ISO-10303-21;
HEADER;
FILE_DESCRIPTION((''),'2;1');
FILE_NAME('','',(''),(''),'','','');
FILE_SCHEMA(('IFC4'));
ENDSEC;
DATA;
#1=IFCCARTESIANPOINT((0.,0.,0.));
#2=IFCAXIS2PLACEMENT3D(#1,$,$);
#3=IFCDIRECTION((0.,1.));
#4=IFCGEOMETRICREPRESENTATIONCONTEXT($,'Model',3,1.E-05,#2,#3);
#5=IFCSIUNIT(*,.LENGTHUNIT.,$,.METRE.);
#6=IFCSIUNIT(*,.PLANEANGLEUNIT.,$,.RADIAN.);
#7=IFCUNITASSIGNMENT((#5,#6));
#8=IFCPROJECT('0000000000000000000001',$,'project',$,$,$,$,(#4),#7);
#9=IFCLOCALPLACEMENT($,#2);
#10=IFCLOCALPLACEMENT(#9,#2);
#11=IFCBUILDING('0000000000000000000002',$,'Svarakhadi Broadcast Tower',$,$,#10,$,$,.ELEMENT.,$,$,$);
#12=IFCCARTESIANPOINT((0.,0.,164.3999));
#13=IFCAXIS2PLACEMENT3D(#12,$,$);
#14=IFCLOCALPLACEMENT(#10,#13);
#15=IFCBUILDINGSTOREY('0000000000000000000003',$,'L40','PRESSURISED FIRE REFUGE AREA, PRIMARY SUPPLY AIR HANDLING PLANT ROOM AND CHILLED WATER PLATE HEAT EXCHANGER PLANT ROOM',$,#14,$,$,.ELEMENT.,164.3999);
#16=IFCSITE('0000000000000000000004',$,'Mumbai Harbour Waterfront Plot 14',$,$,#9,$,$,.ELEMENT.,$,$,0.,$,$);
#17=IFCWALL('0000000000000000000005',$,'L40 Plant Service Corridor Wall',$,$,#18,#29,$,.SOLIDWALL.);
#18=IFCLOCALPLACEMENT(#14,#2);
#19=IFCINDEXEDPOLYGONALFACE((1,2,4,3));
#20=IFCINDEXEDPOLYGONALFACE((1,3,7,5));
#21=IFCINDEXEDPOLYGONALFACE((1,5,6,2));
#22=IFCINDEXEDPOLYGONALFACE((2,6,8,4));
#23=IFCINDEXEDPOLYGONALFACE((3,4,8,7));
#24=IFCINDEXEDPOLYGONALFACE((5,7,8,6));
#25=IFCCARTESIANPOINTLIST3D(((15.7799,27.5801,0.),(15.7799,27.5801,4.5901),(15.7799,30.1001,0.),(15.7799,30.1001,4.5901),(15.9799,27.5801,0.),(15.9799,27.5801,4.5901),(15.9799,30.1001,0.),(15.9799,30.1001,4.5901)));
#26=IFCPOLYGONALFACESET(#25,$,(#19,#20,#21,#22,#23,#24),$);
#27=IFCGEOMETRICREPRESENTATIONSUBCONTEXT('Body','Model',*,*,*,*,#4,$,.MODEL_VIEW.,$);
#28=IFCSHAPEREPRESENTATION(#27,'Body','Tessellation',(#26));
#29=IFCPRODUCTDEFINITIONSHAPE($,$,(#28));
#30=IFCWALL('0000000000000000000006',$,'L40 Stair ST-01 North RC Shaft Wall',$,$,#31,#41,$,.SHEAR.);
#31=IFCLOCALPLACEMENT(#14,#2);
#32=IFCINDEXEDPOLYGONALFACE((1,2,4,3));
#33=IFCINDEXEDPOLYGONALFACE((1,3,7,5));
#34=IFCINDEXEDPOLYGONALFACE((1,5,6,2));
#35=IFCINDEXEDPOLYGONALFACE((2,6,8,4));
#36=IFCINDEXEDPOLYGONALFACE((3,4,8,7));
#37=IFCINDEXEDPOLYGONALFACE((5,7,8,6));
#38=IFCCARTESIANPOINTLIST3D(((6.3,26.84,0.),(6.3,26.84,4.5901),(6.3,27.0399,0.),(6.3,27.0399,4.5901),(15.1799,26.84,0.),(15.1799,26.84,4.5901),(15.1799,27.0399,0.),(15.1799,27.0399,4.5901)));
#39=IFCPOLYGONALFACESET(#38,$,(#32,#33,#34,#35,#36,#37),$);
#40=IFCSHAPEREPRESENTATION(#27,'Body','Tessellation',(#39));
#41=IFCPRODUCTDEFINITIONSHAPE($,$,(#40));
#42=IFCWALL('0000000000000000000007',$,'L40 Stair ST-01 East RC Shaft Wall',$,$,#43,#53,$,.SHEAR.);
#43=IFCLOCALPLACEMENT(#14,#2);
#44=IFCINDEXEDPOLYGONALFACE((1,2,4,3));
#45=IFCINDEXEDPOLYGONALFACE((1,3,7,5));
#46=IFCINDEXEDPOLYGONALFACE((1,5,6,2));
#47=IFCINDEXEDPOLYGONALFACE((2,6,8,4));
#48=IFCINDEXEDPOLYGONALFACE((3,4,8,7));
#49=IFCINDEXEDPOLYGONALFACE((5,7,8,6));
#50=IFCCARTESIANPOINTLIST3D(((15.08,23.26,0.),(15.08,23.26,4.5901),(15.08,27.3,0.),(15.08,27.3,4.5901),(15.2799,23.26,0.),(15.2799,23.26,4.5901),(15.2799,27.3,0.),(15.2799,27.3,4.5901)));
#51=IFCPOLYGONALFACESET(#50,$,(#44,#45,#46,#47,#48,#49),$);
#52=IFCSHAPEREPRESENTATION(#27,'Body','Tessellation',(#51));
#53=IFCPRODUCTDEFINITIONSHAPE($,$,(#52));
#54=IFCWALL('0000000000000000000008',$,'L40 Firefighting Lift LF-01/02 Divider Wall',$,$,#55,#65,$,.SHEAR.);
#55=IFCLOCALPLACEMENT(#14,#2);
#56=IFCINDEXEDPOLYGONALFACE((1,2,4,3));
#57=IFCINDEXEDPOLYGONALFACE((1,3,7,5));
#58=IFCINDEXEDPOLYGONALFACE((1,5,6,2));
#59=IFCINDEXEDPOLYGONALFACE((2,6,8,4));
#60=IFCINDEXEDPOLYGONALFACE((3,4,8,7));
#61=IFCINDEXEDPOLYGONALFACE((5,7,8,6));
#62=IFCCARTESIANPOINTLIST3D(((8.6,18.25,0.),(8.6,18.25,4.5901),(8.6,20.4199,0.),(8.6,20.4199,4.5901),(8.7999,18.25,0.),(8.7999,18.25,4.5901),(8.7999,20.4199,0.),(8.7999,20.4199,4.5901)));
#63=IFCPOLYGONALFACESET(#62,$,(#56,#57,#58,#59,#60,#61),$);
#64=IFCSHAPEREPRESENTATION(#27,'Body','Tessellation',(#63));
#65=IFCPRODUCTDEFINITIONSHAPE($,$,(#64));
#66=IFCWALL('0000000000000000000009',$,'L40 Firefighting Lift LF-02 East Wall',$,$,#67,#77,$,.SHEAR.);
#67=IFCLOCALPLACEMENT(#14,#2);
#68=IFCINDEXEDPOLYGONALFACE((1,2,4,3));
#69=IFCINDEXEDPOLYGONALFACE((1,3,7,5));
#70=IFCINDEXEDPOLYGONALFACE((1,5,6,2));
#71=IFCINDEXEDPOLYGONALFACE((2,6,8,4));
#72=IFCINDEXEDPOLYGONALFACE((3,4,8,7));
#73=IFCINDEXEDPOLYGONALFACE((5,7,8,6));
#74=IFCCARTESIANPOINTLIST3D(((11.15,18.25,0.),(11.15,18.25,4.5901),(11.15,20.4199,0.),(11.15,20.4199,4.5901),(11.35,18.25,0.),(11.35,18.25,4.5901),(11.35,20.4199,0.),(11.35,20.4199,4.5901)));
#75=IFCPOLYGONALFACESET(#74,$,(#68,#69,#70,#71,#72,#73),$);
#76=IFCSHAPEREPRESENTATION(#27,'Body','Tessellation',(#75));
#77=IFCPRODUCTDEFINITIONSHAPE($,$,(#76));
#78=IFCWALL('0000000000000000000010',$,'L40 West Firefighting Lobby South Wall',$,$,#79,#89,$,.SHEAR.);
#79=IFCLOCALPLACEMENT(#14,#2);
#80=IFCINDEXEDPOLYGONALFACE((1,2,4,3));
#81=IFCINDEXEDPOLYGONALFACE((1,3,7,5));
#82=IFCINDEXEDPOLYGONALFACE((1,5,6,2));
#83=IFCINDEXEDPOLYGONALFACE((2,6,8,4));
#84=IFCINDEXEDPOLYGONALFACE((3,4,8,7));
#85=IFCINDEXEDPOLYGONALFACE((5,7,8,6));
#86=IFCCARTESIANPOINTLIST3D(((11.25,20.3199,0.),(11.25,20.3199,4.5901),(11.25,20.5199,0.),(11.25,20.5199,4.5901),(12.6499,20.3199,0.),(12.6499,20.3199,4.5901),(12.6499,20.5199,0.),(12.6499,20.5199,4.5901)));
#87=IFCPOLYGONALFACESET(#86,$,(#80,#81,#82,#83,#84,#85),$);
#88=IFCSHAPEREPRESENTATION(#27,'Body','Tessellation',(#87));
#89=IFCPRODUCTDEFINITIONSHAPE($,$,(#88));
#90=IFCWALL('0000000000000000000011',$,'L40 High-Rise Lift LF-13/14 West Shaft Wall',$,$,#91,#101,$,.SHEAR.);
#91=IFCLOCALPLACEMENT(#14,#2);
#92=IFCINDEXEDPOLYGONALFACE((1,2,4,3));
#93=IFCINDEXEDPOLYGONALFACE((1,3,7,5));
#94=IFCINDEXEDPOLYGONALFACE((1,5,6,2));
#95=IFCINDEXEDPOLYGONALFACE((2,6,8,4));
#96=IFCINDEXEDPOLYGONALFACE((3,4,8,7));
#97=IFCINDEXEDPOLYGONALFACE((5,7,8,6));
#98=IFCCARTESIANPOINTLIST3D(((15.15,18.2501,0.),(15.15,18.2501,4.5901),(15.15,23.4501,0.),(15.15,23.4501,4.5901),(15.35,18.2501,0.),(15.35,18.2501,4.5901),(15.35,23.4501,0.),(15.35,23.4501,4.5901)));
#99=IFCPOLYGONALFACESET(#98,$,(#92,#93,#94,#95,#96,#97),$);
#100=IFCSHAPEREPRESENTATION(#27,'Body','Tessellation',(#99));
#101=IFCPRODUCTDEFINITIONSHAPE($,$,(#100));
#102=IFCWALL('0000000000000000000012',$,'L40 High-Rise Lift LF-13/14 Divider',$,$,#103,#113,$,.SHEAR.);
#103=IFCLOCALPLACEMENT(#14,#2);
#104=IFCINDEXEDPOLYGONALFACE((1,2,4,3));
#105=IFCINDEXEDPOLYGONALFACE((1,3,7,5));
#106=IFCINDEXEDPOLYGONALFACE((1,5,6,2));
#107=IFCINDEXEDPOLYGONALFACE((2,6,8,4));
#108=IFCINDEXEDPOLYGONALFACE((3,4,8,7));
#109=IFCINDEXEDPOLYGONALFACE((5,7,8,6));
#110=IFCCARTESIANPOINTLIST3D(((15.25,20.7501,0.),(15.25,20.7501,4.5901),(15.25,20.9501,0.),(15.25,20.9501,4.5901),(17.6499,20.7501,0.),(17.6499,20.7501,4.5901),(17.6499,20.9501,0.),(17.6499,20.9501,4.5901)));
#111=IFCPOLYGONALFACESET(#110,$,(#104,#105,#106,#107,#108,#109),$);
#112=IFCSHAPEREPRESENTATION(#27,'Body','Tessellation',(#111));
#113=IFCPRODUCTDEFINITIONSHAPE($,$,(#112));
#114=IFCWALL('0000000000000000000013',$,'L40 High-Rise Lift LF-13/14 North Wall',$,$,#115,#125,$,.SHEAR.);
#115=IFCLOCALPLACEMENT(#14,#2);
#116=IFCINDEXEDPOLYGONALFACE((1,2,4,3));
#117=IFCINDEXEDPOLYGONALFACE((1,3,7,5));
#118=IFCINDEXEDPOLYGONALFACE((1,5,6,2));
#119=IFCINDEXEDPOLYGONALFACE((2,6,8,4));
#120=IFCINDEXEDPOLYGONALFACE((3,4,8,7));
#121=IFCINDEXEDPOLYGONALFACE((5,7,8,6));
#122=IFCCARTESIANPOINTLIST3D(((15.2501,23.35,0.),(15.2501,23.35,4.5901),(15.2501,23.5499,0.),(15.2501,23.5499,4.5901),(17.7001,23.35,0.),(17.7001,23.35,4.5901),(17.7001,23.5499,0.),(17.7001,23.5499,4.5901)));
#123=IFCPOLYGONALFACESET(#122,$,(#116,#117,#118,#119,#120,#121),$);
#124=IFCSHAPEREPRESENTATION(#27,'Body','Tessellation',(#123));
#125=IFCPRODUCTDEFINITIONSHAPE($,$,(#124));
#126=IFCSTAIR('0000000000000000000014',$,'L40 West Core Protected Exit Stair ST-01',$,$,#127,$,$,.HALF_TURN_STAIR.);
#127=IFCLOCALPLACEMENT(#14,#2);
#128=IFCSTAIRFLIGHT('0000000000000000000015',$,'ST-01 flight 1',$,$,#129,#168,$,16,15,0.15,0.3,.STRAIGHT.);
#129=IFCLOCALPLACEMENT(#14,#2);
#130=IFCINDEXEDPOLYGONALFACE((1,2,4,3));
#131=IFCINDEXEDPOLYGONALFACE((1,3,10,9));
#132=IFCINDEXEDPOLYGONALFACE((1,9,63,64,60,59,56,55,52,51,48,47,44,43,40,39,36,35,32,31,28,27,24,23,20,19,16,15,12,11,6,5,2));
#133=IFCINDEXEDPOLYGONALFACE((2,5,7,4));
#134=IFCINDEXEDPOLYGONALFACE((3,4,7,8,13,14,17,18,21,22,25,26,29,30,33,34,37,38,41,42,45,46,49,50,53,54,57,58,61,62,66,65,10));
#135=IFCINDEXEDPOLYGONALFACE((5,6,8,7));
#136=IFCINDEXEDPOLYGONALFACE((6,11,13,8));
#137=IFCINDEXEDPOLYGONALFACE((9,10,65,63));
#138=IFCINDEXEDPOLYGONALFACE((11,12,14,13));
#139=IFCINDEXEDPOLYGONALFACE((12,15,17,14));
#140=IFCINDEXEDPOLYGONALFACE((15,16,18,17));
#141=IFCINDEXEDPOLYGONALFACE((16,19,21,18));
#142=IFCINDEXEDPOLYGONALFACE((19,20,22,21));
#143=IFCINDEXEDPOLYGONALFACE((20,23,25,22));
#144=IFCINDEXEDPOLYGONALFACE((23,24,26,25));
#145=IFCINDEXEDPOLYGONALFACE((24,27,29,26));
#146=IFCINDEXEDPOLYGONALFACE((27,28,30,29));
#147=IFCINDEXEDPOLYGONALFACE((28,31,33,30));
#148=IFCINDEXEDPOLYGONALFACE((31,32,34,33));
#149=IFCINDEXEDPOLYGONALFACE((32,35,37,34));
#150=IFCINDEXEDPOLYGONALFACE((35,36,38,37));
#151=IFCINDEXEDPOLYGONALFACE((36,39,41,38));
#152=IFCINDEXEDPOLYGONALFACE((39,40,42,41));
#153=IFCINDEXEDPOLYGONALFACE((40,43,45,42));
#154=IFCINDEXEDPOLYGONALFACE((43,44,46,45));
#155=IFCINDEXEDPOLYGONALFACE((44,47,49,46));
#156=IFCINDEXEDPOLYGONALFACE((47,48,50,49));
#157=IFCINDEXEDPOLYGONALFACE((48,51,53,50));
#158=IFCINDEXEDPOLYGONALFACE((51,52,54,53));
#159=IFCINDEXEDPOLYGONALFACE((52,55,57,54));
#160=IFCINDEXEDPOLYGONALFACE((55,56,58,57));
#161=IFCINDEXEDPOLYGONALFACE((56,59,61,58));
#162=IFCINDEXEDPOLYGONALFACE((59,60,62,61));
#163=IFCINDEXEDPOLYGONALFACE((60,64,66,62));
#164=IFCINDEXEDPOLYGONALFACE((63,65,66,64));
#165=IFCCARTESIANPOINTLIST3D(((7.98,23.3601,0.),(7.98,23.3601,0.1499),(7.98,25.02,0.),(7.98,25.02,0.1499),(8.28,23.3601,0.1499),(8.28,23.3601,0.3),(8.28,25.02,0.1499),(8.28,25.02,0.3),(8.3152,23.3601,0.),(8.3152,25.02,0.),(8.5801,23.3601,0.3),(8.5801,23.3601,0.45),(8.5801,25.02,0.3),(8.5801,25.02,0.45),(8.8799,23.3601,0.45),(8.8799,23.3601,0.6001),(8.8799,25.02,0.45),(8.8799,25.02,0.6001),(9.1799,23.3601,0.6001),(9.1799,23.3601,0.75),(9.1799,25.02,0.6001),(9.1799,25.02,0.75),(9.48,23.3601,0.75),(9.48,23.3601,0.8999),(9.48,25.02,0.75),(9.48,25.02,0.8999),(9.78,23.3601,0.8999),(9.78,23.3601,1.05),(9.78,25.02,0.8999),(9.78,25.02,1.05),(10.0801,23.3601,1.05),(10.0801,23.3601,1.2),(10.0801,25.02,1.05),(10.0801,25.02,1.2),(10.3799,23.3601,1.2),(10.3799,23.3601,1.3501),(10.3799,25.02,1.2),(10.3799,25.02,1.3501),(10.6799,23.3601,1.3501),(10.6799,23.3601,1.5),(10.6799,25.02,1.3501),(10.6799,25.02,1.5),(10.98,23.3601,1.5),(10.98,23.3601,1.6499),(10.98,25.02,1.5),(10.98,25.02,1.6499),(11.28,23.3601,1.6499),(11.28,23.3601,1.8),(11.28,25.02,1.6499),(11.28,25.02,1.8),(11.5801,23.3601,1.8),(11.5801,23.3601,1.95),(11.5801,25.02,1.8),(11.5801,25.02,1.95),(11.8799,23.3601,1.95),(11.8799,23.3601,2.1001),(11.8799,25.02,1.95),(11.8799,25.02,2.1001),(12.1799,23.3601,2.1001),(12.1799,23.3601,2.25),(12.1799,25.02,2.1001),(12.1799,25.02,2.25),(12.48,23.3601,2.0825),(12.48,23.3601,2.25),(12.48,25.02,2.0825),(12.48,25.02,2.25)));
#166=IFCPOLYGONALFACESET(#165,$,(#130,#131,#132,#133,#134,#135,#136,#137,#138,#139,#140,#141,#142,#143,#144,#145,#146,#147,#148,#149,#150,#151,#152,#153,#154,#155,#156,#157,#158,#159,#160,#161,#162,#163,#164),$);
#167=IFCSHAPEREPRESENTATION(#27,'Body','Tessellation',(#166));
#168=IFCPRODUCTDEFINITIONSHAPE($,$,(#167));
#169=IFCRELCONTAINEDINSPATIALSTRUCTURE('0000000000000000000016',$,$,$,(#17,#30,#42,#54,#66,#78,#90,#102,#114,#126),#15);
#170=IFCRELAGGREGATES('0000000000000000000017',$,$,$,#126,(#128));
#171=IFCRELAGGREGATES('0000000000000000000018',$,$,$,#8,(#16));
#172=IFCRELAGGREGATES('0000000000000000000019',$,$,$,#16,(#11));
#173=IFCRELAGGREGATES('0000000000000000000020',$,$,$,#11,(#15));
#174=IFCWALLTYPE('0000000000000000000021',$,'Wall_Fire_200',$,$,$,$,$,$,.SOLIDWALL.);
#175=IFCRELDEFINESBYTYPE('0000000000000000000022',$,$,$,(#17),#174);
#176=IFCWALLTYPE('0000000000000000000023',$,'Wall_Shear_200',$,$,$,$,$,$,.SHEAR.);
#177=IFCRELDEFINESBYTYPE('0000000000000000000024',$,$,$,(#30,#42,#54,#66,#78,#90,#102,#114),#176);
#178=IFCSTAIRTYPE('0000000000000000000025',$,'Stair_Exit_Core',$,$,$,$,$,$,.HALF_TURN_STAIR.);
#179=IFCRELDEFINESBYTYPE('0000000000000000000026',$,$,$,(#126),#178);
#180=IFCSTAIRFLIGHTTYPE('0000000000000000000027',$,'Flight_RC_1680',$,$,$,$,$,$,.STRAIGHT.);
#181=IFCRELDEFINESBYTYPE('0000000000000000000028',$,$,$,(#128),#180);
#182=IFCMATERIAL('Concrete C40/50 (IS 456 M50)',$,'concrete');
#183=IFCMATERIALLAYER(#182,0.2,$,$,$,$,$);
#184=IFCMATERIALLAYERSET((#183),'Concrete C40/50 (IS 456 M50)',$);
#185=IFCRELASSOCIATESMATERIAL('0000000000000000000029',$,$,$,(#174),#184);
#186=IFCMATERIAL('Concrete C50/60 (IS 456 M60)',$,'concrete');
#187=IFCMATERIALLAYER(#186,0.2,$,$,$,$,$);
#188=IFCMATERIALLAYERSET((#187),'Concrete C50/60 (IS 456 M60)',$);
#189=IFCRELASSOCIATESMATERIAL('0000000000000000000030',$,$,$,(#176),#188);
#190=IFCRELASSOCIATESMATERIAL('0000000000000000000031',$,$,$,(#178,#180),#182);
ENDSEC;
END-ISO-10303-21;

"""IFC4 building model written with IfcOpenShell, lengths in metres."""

from ifc_helpers import new_model, si_unit, direction, frame, frame_2d, origin, place, context, subcontext, project, spatial, polyline, rectangle, outline, extrude, material, layer, layer_set, type_object, element, aggregate, save


model = new_model("IFC4")

# Units and contexts
model_context = context("Model", 3, precision=1e-05, world=origin(), true_north=direction((0.0, 1.0)))
body_context = subcontext(model_context, "Body", "Model", "MODEL_VIEW")
ifc_project = project(units=[si_unit("LENGTHUNIT", "METRE"), si_unit("PLANEANGLEUNIT", "RADIAN")], contexts=[model_context])

# Site, building, storey
site_placement = place(None, origin())
site = spatial("IfcSite", under=ifc_project, at=site_placement, Name="Mumbai Harbour Waterfront Plot 14", CompositionType="ELEMENT", RefElevation=0.0)
building_placement = place(site_placement, origin())
building = spatial("IfcBuilding", under=site, at=building_placement, Name="Svarakhadi Broadcast Tower", CompositionType="ELEMENT")
storey_placement = place(building_placement, frame((0.0, 0.0, 164.3999)))
storey = spatial("IfcBuildingStorey", under=building, at=storey_placement, Name="L40", Description="PRESSURISED FIRE REFUGE AREA, PRIMARY SUPPLY AIR HANDLING PLANT ROOM AND CHILLED WATER PLATE HEAT EXCHANGER PLANT ROOM", CompositionType="ELEMENT", Elevation=164.3999)

# Shared definitions
ifc_material_1 = material(Name="Concrete C50/60 (IS 456 M60)", Category="concrete")

# Walls
ifc_material_2 = material(Name="Concrete C40/50 (IS 456 M50)", Category="concrete")
ifc_layer_1 = layer(ifc_material_2, 0.2)
ifc_layer_set_1 = layer_set([ifc_layer_1], Name="Concrete C40/50 (IS 456 M50)")
wall_type_1 = type_object("IfcWallType", Name="Wall_Fire_200", PredefinedType="SOLIDWALL", material=ifc_layer_set_1)
wall_1_placement = place(storey_placement, frame((15.8799, 27.5801, 0.0), z_axis=(0.0, 0.0, 1.0), x_axis=(0.0, 1.0, 0.0)))
element("IfcWall", 1, at=wall_1_placement, inside=storey, type_object=wall_type_1, Name="L40 Plant Service Corridor Wall", PredefinedType="SOLIDWALL", context=body_context, shape_type="SweptSolid", body=[
    extrude(rectangle(XDim=2.52, YDim=0.2, at=frame_2d((1.26, 0.0))), origin(), (0.0, 0.0, 1.0), 4.5901),
])
ifc_layer_2 = layer(ifc_material_1, 0.2)
ifc_layer_set_2 = layer_set([ifc_layer_2], Name="Concrete C50/60 (IS 456 M60)")
wall_type_2 = type_object("IfcWallType", Name="Wall_Shear_200", PredefinedType="SHEAR", material=ifc_layer_set_2)
wall_2_placement = place(storey_placement, frame((6.3, 26.9399, 0.0), z_axis=(0.0, 0.0, 1.0), x_axis=(1.0, 0.0, 0.0)))
element("IfcWall", 2, at=wall_2_placement, inside=storey, type_object=wall_type_2, Name="L40 Stair ST-01 North RC Shaft Wall", PredefinedType="SHEAR", context=body_context, shape_type="SweptSolid", body=[
    extrude(rectangle(XDim=8.8799, YDim=0.2, at=frame_2d((4.4399, 0.0))), origin(), (0.0, 0.0, 1.0), 4.5901),
])
wall_3_placement = place(storey_placement, frame((15.1799, 23.26, 0.0), z_axis=(0.0, 0.0, 1.0), x_axis=(0.0, 1.0, 0.0)))
element("IfcWall", 3, at=wall_3_placement, inside=storey, type_object=wall_type_2, Name="L40 Stair ST-01 East RC Shaft Wall", PredefinedType="SHEAR", context=body_context, shape_type="SweptSolid", body=[
    extrude(rectangle(XDim=4.04, YDim=0.2, at=frame_2d((2.02, 0.0))), origin(), (0.0, 0.0, 1.0), 4.5901),
])
for number, where, z_axis, x_axis, name in (
    (4, (8.7, 18.25, 0.0), (0.0, 0.0, 1.0), (0.0, 1.0, 0.0), "L40 Firefighting Lift LF-01/02 Divider Wall"),
    (5, (11.25, 18.25, 0.0), (0.0, 0.0, 1.0), (0.0, 1.0, 0.0), "L40 Firefighting Lift LF-02 East Wall"),
):
    element("IfcWall", number, at=place(storey_placement, frame(where, z_axis=z_axis, x_axis=x_axis)), inside=storey, type_object=wall_type_2, Name=name, PredefinedType="SHEAR", context=body_context, shape_type="SweptSolid", body=[
        extrude(rectangle(XDim=2.1699, YDim=0.2, at=frame_2d((1.085, 0.0))), origin(), (0.0, 0.0, 1.0), 4.5901),
    ])
wall_4_placement = place(storey_placement, frame((11.25, 20.4199, 0.0), z_axis=(0.0, 0.0, 1.0), x_axis=(1.0, 0.0, 0.0)))
element("IfcWall", 6, at=wall_4_placement, inside=storey, type_object=wall_type_2, Name="L40 West Firefighting Lobby South Wall", PredefinedType="SHEAR", context=body_context, shape_type="SweptSolid", body=[
    extrude(rectangle(XDim=1.3999, YDim=0.2, at=frame_2d((0.7, 0.0))), origin(), (0.0, 0.0, 1.0), 4.5901),
])

# Walls
wall_5_placement = place(storey_placement, frame((15.25, 18.25, 0.0), z_axis=(0.0, 0.0, 1.0), x_axis=(0.0, 1.0, 0.0)))
element("IfcWall", 7, at=wall_5_placement, inside=storey, type_object=wall_type_2, Name="L40 High-Rise Lift LF-13/14 West Shaft Wall", PredefinedType="SHEAR", context=body_context, shape_type="SweptSolid", body=[
    extrude(rectangle(XDim=5.2, YDim=0.2, at=frame_2d((2.6001, 0.0))), origin(), (0.0, 0.0, 1.0), 4.5901),
])
wall_6_placement = place(storey_placement, frame((15.25, 20.8501, 0.0), z_axis=(0.0, 0.0, 1.0), x_axis=(1.0, 0.0, 0.0)))
element("IfcWall", 8, at=wall_6_placement, inside=storey, type_object=wall_type_2, Name="L40 High-Rise Lift LF-13/14 Divider", PredefinedType="SHEAR", context=body_context, shape_type="SweptSolid", body=[
    extrude(rectangle(XDim=2.3999, YDim=0.2, at=frame_2d((1.2, 0.0))), origin(), (0.0, 0.0, 1.0), 4.5901),
])
wall_7_placement = place(storey_placement, frame((15.25, 23.45, 0.0), z_axis=(0.0, 0.0, 1.0), x_axis=(1.0, 0.0, 0.0)))
element("IfcWall", 9, at=wall_7_placement, inside=storey, type_object=wall_type_2, Name="L40 High-Rise Lift LF-13/14 North Wall", PredefinedType="SHEAR", context=body_context, shape_type="SweptSolid", body=[
    extrude(rectangle(XDim=2.45, YDim=0.2, at=frame_2d((1.2251, 0.0))), origin(), (0.0, 0.0, 1.0), 4.5901),
])

# Stair, stair flight
stair_type = type_object("IfcStairType", Name="Stair_Exit_Core", PredefinedType="HALF_TURN_STAIR", material=ifc_material_2)
stair_placement = place(storey_placement, origin())
stair = element("IfcStair", 10, at=stair_placement, inside=storey, type_object=stair_type, Name="L40 West Core Protected Exit Stair ST-01", PredefinedType="HALF_TURN_STAIR")
stair_flight_type = type_object("IfcStairFlightType", Name="Flight_RC_1680", PredefinedType="STRAIGHT", material=ifc_material_2)
stair_flight_1_placement = place(storey_placement, frame((7.98, 24.1899, 0.0), z_axis=(0.0, 0.0, 1.0), x_axis=(1.0, 0.0, 0.0)))
stair_flight_1 = element("IfcStairFlight", 11, at=stair_flight_1_placement, type_object=stair_flight_type, Name="ST-01 flight 1", NumberOfRisers=16, NumberOfTreads=15, PredefinedType="STRAIGHT", RiserHeight=0.15, TreadLength=0.3, context=body_context, shape_type="SweptSolid", body=[
    extrude(outline(polyline([(0.0, 0.0), (0.0, 0.1499), (0.3, 0.1499), (0.3, 0.3), (0.6001, 0.3), (0.6001, 0.45), (0.8999, 0.45), (0.8999, 0.6001), (1.2, 0.6001), (1.2, 0.75), (1.5, 0.75), (1.5, 0.8999), (1.8, 0.8999), (1.8, 1.05), (2.1001, 1.05), (2.1001, 1.2), (2.3999, 1.2), (2.3999, 1.3501), (2.7, 1.3501), (2.7, 1.5), (3.0, 1.5), (3.0, 1.6499), (3.3, 1.6499), (3.3, 1.8), (3.6001, 1.8), (3.6001, 1.95), (3.8999, 1.95), (3.8999, 2.1001), (4.2, 2.1001), (4.2, 2.25), (4.5, 2.25), (4.5, 2.3999), (4.5, 2.0825), (0.3352, 0.0), (0.0, 0.0)])), frame((0.0, 0.8301, 0.0), z_axis=(0.0, -1.0, 0.0), x_axis=(1.0, 0.0, 0.0)), (0.0, 0.0, 1.0), 1.6599),
])
aggregate(stair, [stair_flight_1])

save(model, "model.ifc")
